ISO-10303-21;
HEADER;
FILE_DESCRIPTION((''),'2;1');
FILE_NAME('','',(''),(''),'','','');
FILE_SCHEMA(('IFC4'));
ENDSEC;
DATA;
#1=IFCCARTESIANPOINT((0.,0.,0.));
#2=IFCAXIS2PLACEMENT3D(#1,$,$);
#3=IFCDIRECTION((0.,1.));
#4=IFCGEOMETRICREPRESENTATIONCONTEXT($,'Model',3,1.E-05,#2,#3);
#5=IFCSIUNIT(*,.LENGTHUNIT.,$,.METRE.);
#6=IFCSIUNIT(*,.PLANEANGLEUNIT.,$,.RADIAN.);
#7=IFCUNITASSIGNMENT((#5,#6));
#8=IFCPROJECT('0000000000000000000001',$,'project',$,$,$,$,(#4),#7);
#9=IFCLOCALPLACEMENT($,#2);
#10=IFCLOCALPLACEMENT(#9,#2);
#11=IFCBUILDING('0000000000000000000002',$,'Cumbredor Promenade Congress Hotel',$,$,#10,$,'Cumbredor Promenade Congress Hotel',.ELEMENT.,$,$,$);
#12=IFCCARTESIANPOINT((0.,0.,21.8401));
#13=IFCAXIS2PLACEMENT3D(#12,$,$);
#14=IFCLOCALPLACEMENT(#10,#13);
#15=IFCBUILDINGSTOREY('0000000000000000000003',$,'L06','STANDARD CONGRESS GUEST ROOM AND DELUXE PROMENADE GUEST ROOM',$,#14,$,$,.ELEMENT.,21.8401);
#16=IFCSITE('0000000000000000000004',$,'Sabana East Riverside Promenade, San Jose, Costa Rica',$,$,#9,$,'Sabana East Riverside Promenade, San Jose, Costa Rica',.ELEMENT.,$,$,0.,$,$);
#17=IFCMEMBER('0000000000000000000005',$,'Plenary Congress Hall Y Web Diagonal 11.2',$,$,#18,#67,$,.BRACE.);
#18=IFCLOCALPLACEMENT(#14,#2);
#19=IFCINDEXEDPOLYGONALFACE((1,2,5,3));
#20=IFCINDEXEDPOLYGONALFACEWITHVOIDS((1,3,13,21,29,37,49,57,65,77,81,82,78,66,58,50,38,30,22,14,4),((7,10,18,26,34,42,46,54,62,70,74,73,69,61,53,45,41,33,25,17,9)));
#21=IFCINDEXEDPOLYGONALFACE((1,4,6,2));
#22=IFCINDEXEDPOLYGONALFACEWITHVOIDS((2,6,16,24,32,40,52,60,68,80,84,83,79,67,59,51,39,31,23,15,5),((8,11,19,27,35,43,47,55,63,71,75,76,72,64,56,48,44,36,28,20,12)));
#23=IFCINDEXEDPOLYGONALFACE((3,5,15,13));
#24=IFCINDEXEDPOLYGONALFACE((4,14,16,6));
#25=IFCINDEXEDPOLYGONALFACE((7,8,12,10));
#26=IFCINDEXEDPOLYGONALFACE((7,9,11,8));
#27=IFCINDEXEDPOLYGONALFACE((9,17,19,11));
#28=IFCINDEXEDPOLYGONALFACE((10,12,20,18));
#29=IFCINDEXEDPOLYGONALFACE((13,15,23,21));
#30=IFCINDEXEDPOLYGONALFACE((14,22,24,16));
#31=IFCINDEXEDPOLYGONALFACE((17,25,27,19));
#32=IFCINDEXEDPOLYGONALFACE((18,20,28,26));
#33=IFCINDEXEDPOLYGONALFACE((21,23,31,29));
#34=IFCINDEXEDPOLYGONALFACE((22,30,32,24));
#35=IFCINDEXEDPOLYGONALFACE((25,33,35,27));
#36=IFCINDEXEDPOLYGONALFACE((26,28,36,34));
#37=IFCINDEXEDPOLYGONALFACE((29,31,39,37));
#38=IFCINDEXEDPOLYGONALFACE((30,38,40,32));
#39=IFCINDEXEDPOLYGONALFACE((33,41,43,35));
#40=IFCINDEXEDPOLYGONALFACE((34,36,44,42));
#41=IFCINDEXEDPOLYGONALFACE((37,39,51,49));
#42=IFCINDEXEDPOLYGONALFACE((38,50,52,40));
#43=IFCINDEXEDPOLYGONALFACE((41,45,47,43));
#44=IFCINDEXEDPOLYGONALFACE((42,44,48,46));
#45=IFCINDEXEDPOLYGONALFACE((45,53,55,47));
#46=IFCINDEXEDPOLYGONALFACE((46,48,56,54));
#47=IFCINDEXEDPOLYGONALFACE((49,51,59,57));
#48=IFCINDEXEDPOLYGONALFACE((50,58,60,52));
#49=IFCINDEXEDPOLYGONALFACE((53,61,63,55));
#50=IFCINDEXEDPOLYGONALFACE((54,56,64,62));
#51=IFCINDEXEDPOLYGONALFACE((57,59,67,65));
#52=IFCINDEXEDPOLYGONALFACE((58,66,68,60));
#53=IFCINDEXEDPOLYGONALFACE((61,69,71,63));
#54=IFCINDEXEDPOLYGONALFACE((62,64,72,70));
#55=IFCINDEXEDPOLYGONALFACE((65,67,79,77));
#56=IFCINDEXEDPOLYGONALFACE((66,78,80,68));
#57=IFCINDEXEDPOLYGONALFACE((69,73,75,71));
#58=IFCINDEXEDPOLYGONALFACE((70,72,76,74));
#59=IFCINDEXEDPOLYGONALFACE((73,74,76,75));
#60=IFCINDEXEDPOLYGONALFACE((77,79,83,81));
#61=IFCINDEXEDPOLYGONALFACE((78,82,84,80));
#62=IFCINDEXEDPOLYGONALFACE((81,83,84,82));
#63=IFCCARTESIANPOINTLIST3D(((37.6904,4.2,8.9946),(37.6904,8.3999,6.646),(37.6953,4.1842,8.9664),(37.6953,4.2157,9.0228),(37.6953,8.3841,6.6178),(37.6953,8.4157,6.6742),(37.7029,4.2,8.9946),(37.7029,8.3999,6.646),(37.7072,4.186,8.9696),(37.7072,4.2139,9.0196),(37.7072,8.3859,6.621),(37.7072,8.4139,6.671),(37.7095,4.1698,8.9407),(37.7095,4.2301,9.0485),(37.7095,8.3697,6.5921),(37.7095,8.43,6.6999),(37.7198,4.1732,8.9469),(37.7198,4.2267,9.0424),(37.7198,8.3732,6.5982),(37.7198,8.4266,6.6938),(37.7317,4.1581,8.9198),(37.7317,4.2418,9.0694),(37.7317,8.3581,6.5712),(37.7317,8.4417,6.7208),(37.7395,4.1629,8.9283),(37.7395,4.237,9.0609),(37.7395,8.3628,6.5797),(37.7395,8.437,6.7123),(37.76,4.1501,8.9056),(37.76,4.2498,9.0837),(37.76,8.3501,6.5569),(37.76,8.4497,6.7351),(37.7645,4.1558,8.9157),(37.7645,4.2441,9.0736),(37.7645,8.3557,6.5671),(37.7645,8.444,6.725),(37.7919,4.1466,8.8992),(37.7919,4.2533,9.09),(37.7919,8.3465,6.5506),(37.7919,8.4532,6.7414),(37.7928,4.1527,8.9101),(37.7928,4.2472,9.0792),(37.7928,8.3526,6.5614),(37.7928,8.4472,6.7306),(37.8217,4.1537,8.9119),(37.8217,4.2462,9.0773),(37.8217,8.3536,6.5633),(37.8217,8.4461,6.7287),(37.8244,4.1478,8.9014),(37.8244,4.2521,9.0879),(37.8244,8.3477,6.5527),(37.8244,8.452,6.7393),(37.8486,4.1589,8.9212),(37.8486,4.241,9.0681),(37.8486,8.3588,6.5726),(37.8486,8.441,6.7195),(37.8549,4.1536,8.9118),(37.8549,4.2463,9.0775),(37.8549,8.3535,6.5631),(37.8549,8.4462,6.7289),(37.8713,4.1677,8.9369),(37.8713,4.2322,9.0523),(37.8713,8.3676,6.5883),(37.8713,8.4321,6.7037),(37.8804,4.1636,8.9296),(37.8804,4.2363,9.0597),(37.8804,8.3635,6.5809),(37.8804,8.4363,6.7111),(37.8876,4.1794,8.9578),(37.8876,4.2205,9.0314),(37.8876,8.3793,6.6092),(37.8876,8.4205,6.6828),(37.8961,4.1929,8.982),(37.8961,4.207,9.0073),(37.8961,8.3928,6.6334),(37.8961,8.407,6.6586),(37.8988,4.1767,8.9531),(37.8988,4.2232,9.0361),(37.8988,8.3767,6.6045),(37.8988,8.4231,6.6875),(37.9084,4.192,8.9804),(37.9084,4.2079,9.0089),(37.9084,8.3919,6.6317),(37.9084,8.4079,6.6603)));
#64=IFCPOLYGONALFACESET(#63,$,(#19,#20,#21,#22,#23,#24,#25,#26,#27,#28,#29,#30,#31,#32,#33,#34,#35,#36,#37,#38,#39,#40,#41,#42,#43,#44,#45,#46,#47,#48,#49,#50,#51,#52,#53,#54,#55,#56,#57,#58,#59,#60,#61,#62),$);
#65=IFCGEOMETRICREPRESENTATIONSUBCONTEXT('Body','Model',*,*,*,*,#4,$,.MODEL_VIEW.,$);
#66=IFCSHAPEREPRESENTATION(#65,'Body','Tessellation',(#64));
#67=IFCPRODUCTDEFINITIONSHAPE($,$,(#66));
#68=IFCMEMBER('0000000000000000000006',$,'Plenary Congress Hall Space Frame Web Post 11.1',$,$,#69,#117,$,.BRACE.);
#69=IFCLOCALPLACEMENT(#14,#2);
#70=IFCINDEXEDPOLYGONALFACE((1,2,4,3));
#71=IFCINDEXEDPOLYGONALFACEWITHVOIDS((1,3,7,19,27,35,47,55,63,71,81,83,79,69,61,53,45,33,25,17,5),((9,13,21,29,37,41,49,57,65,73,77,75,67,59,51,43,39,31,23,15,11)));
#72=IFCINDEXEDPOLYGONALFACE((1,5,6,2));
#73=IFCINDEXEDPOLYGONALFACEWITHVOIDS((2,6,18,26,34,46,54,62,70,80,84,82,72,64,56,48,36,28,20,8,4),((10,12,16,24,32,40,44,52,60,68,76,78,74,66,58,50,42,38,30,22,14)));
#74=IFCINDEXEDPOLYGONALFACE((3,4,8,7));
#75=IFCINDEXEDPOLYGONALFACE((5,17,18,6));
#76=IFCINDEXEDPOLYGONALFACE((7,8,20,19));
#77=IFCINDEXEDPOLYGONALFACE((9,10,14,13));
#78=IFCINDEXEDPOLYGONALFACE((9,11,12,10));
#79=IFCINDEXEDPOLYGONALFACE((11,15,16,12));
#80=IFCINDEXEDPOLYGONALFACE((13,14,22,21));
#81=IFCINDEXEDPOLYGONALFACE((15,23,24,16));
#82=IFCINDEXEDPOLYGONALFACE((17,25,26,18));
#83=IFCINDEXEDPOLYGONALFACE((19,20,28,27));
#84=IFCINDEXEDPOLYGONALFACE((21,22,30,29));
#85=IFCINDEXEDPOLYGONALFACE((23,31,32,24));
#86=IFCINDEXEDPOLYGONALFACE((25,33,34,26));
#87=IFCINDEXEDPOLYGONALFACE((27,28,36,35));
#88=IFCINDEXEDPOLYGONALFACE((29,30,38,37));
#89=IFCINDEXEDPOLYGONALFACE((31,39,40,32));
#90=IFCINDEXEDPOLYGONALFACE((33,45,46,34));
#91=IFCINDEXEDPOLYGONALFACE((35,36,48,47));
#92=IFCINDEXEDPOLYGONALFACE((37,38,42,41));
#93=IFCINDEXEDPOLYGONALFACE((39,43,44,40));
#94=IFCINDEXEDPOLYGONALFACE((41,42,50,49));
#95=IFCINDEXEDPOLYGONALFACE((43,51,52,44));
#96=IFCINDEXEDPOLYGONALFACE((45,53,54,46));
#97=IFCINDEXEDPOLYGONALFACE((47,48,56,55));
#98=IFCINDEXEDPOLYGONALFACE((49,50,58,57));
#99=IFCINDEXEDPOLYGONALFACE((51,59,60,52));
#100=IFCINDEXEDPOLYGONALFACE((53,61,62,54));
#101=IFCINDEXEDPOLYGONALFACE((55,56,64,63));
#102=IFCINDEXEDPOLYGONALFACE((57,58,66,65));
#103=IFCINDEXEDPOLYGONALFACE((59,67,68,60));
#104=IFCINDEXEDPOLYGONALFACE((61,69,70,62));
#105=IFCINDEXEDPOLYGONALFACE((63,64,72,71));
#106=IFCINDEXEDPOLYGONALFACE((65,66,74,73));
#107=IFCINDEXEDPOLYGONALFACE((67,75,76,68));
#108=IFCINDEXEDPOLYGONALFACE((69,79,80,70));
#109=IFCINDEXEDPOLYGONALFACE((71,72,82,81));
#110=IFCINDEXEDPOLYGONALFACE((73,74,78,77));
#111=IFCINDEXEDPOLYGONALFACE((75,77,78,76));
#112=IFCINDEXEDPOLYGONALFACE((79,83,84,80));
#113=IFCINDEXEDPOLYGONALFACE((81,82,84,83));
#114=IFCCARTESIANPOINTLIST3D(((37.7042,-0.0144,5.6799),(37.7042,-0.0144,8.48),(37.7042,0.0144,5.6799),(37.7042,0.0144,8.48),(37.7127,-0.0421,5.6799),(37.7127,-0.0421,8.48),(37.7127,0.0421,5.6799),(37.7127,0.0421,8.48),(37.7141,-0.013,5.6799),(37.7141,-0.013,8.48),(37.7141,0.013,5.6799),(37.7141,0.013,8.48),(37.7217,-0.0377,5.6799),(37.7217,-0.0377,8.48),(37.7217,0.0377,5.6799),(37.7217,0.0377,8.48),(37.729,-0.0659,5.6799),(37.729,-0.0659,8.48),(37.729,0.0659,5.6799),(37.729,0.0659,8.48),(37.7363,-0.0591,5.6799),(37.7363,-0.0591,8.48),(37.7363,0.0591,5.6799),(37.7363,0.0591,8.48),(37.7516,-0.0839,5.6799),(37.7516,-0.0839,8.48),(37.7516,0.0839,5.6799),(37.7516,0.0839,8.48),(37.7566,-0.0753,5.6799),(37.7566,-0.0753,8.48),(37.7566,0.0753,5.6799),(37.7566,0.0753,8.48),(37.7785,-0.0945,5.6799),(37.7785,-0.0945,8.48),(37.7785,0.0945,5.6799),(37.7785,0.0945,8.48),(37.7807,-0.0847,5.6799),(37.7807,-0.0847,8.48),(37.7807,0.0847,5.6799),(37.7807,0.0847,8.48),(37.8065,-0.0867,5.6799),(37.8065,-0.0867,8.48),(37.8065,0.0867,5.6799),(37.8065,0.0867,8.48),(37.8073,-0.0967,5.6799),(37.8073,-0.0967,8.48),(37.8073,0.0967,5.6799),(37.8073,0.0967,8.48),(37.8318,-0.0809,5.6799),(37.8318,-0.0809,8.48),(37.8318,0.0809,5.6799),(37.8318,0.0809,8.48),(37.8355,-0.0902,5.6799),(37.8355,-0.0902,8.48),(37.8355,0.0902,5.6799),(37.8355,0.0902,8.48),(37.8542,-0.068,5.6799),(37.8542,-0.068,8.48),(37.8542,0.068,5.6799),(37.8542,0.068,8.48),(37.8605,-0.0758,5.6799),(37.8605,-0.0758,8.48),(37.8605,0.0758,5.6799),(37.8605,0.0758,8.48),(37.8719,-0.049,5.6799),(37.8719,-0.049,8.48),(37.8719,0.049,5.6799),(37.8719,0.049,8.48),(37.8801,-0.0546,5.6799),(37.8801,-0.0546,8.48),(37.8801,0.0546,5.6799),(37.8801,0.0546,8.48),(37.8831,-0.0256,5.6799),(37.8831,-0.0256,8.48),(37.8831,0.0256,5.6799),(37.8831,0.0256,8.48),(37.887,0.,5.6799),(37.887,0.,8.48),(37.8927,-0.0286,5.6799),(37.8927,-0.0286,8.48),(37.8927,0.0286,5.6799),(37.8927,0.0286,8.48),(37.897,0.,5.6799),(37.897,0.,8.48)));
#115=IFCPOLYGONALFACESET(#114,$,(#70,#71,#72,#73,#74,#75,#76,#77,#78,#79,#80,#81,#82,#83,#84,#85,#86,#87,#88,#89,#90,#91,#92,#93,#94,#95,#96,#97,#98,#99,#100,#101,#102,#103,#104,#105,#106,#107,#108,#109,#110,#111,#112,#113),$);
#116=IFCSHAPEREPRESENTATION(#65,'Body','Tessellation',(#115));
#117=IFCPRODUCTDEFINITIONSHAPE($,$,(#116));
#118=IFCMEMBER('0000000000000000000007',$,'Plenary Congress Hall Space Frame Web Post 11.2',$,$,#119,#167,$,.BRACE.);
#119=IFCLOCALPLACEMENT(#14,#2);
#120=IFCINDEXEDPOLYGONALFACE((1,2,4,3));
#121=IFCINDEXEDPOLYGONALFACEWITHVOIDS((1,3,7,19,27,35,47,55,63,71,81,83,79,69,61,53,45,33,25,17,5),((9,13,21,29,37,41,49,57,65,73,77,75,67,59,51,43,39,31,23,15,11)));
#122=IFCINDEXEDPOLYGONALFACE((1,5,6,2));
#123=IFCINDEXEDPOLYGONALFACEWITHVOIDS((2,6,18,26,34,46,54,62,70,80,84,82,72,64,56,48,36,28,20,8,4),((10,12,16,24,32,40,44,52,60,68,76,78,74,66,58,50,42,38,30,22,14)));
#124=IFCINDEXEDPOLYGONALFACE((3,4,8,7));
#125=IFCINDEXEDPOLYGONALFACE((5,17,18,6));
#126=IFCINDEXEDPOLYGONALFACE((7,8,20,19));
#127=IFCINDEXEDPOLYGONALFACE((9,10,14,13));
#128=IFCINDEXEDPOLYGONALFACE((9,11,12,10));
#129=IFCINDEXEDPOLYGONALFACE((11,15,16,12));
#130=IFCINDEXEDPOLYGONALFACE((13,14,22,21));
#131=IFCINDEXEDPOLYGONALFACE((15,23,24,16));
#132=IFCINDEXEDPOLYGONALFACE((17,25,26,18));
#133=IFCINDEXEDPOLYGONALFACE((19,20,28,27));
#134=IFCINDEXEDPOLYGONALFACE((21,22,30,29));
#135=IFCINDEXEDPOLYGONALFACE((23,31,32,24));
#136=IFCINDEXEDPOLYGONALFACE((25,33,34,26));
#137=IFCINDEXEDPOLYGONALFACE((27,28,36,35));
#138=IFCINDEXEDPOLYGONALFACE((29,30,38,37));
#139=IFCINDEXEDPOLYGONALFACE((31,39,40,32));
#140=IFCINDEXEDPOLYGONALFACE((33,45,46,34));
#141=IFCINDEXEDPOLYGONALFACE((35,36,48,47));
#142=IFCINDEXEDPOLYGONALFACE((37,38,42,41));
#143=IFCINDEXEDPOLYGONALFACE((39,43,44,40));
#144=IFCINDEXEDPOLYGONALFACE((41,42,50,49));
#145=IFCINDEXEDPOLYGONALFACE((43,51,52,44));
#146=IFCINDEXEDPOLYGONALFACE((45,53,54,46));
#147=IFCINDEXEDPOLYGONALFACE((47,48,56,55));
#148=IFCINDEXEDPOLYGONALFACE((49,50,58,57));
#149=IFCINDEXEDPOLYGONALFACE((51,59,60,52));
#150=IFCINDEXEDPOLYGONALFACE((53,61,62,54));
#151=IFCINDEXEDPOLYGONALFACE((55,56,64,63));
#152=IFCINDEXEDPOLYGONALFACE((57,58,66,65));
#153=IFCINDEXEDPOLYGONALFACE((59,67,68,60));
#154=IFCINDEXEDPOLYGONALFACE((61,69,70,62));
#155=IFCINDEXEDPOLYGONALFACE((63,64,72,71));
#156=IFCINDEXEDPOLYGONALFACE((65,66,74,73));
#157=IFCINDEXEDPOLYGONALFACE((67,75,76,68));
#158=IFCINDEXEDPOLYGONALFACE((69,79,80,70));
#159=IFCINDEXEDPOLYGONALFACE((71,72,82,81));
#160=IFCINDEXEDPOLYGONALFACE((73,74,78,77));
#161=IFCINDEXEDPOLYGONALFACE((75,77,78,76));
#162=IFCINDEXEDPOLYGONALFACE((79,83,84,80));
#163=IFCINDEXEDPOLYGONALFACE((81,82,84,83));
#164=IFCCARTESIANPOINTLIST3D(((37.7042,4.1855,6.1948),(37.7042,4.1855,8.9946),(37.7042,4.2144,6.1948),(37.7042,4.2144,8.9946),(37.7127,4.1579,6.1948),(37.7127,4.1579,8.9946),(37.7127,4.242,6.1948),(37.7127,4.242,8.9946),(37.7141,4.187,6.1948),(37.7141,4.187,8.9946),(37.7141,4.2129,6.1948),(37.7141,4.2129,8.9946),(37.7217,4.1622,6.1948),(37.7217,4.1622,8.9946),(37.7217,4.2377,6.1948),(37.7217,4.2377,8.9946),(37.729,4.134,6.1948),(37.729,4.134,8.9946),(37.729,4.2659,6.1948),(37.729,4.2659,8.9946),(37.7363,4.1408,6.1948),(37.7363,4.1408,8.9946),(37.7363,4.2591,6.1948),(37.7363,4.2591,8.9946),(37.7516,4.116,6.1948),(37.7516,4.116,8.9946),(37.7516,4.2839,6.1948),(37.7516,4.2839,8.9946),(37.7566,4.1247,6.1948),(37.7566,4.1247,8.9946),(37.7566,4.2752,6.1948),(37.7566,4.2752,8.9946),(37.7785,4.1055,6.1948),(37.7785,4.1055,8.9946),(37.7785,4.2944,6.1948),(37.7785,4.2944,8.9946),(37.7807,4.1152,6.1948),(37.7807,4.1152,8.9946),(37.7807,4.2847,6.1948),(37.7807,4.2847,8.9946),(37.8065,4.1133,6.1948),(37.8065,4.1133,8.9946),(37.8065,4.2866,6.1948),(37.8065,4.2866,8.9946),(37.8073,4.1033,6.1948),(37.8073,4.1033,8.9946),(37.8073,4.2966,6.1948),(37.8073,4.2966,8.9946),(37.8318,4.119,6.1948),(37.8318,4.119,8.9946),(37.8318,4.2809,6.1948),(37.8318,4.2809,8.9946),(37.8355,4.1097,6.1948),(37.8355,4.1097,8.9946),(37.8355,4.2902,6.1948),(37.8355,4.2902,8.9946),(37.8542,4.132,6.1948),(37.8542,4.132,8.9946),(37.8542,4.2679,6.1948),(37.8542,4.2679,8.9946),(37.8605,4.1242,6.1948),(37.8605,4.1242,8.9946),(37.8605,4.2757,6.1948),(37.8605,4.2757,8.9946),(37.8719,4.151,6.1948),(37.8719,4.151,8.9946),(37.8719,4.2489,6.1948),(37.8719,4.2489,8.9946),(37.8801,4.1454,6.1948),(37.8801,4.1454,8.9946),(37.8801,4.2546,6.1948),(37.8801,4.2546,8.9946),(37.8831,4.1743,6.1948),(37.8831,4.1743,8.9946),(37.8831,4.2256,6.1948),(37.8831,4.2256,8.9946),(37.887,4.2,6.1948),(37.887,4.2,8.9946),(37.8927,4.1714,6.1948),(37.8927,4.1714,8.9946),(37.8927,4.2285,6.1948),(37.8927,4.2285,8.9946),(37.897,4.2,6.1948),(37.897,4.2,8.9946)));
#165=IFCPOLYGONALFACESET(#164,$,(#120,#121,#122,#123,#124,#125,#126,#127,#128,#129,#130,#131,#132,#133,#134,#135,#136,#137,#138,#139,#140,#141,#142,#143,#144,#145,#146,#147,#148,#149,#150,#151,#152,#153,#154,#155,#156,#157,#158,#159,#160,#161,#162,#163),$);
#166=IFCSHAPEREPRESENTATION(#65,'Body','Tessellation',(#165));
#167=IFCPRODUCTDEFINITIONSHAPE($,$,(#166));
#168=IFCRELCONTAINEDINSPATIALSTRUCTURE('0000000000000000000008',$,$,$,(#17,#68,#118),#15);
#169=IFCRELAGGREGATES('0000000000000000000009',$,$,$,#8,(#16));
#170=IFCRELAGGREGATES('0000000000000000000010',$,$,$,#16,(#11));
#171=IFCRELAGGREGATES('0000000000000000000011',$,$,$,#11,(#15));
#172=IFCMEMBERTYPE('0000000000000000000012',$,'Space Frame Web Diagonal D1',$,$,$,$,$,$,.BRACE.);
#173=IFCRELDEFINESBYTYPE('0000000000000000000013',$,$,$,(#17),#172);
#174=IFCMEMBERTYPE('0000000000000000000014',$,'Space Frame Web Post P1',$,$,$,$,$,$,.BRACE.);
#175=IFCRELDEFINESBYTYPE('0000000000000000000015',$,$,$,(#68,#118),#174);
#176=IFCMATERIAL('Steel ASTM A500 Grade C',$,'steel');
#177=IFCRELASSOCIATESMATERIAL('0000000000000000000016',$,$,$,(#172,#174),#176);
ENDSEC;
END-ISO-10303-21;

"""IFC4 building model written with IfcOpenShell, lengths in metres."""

from ifc_helpers import new_model, si_unit, direction, frame, origin, origin_2d, place, context, subcontext, project, spatial, hollow_circle, extrude, material, material_profile, profile_set, type_object, element, save


model = new_model("IFC4")

# Units and contexts
model_context = context("Model", 3, precision=1e-05, world=origin(), true_north=direction((0.0, 1.0)))
body_context = subcontext(model_context, "Body", "Model", "MODEL_VIEW")
ifc_project = project(units=[si_unit("LENGTHUNIT", "METRE"), si_unit("PLANEANGLEUNIT", "RADIAN")], contexts=[model_context])

# Site, building, storey
site_placement = place(None, origin())
site = spatial("IfcSite", under=ifc_project, at=site_placement, Name="Sabana East Riverside Promenade, San Jose, Costa Rica", LongName="Sabana East Riverside Promenade, San Jose, Costa Rica", CompositionType="ELEMENT", RefElevation=0.0)
building_placement = place(site_placement, origin())
building = spatial("IfcBuilding", under=site, at=building_placement, Name="Cumbredor Promenade Congress Hotel", LongName="Cumbredor Promenade Congress Hotel", CompositionType="ELEMENT")
storey_placement = place(building_placement, frame((0.0, 0.0, 21.8401)))
storey = spatial("IfcBuildingStorey", under=building, at=storey_placement, Name="L06", Description="STANDARD CONGRESS GUEST ROOM AND DELUXE PROMENADE GUEST ROOM", CompositionType="ELEMENT", Elevation=21.8401)

# Members
ifc_material_1 = material(Name="Steel ASTM A500 Grade C", Category="steel")
ifc_material_profile_1 = material_profile(ifc_material_1, hollow_circle(Radius=0.1096, WallThickness=0.0125, at=origin_2d()), Name="CHS 219.1x12.5")
ifc_profile_set_1 = profile_set([ifc_material_profile_1], Name="Steel ASTM A500 Grade C")
member_type_1 = type_object("IfcMemberType", Name="Space Frame Web Diagonal D1", PredefinedType="BRACE", material=ifc_profile_set_1)
member_1_placement = place(storey_placement, frame((37.8, 4.2, 8.9946), z_axis=(0.0, 0.872802, -0.488075), x_axis=(-1.0, 0.0, 0.0)))
element("IfcMember", 1, at=member_1_placement, inside=storey, type_object=member_type_1, Name="Plenary Congress Hall Y Web Diagonal 11.2", PredefinedType="BRACE", context=body_context, shape_type="SweptSolid", body=[
    extrude(hollow_circle(Radius=0.1096, WallThickness=0.0125, at=origin_2d()), origin(), (0.0, 0.0, 1.0), 4.812),
])
ifc_material_profile_2 = material_profile(ifc_material_1, hollow_circle(Radius=0.0969, WallThickness=0.01, at=origin_2d()), Name="CHS 193.7x10")
ifc_profile_set_2 = profile_set([ifc_material_profile_2], Name="Steel ASTM A500 Grade C")
member_type_2 = type_object("IfcMemberType", Name="Space Frame Web Post P1", PredefinedType="BRACE", material=ifc_profile_set_2)
member_2_placement = place(storey_placement, frame((37.8, 0.0, 5.6799), z_axis=(0.0, 0.0, 1.0), x_axis=(1.0, 0.0, 0.0)))
element("IfcMember", 2, at=member_2_placement, inside=storey, type_object=member_type_2, Name="Plenary Congress Hall Space Frame Web Post 11.1", PredefinedType="BRACE", context=body_context, shape_type="SweptSolid", body=[
    extrude(hollow_circle(Radius=0.0969, WallThickness=0.01, at=origin_2d()), origin(), (0.0, 0.0, 1.0), 2.8),
])
member_3_placement = place(storey_placement, frame((37.8, 4.2, 6.1948), z_axis=(0.0, 0.0, 1.0), x_axis=(1.0, 0.0, 0.0)))
element("IfcMember", 3, at=member_3_placement, inside=storey, type_object=member_type_2, Name="Plenary Congress Hall Space Frame Web Post 11.2", PredefinedType="BRACE", context=body_context, shape_type="SweptSolid", body=[
    extrude(hollow_circle(Radius=0.0969, WallThickness=0.01, at=origin_2d()), origin(), (0.0, 0.0, 1.0), 2.7998),
])

save(model, "model.ifc")
